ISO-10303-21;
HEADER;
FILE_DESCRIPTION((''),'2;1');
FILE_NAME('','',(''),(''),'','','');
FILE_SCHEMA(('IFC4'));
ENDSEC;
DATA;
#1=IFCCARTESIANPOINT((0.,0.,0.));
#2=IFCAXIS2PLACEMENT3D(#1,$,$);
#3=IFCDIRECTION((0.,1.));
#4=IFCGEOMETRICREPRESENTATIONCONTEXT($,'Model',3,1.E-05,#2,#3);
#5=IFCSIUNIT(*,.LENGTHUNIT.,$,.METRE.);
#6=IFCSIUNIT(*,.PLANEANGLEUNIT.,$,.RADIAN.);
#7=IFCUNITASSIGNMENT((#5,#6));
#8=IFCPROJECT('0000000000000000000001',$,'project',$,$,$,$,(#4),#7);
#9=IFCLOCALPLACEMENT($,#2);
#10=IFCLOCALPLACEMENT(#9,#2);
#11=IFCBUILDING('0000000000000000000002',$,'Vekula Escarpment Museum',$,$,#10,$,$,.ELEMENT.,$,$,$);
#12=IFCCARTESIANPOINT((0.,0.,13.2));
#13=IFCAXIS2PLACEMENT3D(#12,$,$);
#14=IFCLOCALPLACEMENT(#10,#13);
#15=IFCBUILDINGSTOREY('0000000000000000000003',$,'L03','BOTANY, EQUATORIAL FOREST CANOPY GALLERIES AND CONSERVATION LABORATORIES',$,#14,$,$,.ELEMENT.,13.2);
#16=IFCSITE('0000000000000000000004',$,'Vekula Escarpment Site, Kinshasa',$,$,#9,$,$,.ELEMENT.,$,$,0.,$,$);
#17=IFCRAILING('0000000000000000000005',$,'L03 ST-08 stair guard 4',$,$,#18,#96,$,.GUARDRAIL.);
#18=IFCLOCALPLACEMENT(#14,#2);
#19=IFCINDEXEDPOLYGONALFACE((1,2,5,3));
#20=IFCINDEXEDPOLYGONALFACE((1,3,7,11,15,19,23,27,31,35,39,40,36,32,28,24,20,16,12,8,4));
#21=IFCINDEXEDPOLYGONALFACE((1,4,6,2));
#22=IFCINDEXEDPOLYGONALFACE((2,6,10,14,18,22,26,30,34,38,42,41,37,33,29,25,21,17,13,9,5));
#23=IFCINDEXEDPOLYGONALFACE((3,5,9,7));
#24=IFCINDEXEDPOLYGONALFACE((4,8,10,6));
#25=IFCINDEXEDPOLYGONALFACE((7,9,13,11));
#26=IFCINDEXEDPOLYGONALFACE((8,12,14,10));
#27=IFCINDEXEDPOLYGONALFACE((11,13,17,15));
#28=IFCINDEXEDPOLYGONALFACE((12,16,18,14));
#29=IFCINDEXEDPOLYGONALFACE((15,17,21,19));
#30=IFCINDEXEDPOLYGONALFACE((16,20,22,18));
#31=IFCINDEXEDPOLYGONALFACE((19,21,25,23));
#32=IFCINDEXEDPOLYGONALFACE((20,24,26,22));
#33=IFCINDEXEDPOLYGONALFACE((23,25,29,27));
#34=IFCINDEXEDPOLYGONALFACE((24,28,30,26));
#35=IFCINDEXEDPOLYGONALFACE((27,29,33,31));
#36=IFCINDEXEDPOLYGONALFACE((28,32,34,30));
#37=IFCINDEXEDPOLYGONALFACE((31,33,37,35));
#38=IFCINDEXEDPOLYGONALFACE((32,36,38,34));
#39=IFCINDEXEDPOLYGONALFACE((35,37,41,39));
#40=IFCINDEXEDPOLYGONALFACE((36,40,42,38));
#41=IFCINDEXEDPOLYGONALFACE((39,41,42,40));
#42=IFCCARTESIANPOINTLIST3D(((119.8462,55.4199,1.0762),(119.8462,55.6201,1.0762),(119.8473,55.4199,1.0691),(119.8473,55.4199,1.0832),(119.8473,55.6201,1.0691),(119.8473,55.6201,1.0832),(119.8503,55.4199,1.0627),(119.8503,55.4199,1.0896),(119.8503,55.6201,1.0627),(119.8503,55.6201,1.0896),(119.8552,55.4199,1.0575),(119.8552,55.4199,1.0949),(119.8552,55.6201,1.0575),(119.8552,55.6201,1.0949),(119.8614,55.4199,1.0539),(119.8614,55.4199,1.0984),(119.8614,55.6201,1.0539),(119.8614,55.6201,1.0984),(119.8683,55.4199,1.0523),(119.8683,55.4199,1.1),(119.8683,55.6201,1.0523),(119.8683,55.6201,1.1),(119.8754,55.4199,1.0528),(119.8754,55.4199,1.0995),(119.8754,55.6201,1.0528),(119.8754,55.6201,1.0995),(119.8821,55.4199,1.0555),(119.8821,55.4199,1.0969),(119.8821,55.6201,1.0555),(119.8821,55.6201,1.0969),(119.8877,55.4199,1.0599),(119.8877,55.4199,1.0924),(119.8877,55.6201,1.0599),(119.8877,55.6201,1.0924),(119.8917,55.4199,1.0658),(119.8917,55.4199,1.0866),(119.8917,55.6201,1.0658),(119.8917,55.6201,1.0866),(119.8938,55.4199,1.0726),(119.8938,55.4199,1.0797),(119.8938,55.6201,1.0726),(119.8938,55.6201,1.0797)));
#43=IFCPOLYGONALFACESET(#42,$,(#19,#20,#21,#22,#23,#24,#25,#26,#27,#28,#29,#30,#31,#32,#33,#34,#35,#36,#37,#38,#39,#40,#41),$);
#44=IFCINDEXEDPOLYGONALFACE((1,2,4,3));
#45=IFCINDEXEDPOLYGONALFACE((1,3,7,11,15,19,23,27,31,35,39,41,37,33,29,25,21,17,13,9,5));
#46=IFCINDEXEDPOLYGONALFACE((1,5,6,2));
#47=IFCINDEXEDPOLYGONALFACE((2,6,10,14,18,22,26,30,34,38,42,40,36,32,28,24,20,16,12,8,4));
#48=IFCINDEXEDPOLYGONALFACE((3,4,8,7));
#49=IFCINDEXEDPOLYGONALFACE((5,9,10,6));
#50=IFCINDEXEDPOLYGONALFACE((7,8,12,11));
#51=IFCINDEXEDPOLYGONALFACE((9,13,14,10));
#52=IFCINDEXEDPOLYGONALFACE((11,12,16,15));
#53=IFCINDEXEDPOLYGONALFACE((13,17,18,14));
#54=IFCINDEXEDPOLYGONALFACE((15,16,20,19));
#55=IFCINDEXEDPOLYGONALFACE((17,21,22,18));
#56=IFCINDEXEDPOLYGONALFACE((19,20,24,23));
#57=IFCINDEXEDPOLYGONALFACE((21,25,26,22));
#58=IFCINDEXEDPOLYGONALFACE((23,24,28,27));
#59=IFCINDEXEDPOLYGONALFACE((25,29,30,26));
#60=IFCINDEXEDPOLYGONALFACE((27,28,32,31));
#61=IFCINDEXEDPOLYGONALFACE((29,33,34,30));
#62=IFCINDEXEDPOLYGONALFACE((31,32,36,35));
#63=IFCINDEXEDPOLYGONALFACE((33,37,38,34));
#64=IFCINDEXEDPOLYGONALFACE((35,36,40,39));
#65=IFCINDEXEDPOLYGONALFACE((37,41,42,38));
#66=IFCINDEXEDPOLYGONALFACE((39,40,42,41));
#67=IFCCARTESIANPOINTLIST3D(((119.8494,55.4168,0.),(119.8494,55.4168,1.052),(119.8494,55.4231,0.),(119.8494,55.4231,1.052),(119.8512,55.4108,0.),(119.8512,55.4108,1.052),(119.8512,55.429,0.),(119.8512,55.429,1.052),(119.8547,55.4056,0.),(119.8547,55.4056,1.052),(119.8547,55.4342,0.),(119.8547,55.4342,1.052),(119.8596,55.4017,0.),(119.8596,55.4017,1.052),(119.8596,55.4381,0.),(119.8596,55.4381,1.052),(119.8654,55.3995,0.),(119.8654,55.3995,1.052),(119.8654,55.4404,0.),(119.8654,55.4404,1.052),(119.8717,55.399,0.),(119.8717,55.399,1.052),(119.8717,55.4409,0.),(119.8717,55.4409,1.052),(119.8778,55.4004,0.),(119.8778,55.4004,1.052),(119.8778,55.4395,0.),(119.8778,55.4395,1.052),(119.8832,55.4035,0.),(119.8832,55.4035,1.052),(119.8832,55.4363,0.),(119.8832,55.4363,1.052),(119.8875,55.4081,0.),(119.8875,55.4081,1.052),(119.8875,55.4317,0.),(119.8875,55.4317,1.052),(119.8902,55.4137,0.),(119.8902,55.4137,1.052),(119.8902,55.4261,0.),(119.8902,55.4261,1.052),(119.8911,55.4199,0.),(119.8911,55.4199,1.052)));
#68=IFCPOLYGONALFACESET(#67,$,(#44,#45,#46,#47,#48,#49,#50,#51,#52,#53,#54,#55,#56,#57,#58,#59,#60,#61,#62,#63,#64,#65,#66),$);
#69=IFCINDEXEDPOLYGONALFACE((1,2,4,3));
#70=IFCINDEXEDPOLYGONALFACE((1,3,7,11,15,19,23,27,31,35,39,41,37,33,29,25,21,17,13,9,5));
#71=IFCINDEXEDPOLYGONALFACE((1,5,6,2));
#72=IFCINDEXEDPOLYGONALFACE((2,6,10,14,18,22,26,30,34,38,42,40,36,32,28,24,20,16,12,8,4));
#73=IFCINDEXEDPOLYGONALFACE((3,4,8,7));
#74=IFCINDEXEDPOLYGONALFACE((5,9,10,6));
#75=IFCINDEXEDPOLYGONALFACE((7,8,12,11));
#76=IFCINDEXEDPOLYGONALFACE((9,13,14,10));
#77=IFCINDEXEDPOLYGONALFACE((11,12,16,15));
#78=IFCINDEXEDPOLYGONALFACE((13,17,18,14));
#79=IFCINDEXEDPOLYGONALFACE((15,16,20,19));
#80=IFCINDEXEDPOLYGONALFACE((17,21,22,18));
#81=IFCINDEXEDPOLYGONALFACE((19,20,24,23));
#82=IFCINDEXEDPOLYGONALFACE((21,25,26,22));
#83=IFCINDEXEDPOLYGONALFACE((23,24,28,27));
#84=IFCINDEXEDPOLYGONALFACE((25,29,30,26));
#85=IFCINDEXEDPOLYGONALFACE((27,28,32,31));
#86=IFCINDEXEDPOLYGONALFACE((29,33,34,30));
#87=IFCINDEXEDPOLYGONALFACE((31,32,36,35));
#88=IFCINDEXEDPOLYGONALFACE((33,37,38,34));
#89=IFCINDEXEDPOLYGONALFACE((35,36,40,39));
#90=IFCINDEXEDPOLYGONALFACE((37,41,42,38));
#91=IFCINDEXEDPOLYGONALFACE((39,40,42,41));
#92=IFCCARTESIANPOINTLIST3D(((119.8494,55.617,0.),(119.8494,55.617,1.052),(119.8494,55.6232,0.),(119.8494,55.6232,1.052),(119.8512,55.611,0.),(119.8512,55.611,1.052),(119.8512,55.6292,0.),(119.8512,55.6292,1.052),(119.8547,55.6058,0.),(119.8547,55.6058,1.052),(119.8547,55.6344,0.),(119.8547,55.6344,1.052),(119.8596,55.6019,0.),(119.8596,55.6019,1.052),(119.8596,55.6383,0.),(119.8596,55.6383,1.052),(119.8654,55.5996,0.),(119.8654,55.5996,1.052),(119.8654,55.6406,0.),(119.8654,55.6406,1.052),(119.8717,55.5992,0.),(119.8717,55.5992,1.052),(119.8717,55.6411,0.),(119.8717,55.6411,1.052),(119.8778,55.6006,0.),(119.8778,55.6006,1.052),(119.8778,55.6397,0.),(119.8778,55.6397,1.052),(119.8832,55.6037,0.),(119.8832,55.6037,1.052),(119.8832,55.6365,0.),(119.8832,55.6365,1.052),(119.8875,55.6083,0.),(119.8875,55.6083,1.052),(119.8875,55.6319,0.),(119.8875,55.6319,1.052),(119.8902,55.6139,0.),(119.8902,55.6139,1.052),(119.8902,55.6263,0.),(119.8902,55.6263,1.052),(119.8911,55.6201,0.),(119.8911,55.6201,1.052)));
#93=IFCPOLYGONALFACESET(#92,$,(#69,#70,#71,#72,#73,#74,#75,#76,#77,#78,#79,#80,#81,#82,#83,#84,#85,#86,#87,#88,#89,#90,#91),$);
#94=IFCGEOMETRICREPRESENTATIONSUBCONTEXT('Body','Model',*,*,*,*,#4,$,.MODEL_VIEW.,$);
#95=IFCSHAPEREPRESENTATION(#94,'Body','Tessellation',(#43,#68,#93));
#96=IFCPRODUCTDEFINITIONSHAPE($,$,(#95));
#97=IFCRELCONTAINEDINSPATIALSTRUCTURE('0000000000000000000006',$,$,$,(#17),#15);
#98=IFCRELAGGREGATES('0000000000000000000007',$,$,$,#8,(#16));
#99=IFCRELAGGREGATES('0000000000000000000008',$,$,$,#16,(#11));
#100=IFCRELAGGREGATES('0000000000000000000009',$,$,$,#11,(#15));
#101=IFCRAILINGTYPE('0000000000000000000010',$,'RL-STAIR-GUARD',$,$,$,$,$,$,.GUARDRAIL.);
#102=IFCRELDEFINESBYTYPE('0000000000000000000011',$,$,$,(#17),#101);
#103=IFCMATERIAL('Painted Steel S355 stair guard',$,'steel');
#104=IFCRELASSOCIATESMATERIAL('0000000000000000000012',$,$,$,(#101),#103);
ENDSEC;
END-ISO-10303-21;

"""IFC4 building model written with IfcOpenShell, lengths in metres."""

from ifc_helpers import new_model, si_unit, direction, frame, origin, origin_2d, place, context, subcontext, project, spatial, circle, extrude, material, type_object, element, save


model = new_model("IFC4")

# Units and contexts
model_context = context("Model", 3, precision=1e-05, world=origin(), true_north=direction((0.0, 1.0)))
body_context = subcontext(model_context, "Body", "Model", "MODEL_VIEW")
ifc_project = project(units=[si_unit("LENGTHUNIT", "METRE"), si_unit("PLANEANGLEUNIT", "RADIAN")], contexts=[model_context])

# Site, building, storey
site_placement = place(None, origin())
site = spatial("IfcSite", under=ifc_project, at=site_placement, Name="Vekula Escarpment Site, Kinshasa", CompositionType="ELEMENT", RefElevation=0.0)
building_placement = place(site_placement, origin())
building = spatial("IfcBuilding", under=site, at=building_placement, Name="Vekula Escarpment Museum", CompositionType="ELEMENT")
storey_placement = place(building_placement, frame((0.0, 0.0, 13.2)))
storey = spatial("IfcBuildingStorey", under=building, at=storey_placement, Name="L03", Description="BOTANY, EQUATORIAL FOREST CANOPY GALLERIES AND CONSERVATION LABORATORIES", CompositionType="ELEMENT", Elevation=13.2)

# Railing
ifc_material_1 = material(Name="Painted Steel S355 stair guard", Category="steel")
railing_type_1 = type_object("IfcRailingType", Name="RL-STAIR-GUARD", PredefinedType="GUARDRAIL", material=ifc_material_1)
railing_1_placement = place(storey_placement, frame((119.8701, 55.4199, 0.0)))
element("IfcRailing", 1, at=railing_1_placement, inside=storey, type_object=railing_type_1, Name="L03 ST-08 stair guard 4", PredefinedType="GUARDRAIL", context=body_context, shape_type="SweptSolid", body=[
    extrude(circle(Radius=0.0239, at=origin_2d()), frame((0.0, 0.0, 1.0762), z_axis=(0.0, 1.0, 0.0), x_axis=(-1.0, 0.0, 0.0)), (0.0, 0.0, 1.0), 0.2002),
    extrude(circle(Radius=0.021, at=origin_2d()), origin(), (0.0, 0.0, 1.0), 1.052),
    extrude(circle(Radius=0.021, at=origin_2d()), frame((0.0, 0.2002, 0.0)), (0.0, 0.0, 1.0), 1.052),
])

save(model, "model.ifc")
